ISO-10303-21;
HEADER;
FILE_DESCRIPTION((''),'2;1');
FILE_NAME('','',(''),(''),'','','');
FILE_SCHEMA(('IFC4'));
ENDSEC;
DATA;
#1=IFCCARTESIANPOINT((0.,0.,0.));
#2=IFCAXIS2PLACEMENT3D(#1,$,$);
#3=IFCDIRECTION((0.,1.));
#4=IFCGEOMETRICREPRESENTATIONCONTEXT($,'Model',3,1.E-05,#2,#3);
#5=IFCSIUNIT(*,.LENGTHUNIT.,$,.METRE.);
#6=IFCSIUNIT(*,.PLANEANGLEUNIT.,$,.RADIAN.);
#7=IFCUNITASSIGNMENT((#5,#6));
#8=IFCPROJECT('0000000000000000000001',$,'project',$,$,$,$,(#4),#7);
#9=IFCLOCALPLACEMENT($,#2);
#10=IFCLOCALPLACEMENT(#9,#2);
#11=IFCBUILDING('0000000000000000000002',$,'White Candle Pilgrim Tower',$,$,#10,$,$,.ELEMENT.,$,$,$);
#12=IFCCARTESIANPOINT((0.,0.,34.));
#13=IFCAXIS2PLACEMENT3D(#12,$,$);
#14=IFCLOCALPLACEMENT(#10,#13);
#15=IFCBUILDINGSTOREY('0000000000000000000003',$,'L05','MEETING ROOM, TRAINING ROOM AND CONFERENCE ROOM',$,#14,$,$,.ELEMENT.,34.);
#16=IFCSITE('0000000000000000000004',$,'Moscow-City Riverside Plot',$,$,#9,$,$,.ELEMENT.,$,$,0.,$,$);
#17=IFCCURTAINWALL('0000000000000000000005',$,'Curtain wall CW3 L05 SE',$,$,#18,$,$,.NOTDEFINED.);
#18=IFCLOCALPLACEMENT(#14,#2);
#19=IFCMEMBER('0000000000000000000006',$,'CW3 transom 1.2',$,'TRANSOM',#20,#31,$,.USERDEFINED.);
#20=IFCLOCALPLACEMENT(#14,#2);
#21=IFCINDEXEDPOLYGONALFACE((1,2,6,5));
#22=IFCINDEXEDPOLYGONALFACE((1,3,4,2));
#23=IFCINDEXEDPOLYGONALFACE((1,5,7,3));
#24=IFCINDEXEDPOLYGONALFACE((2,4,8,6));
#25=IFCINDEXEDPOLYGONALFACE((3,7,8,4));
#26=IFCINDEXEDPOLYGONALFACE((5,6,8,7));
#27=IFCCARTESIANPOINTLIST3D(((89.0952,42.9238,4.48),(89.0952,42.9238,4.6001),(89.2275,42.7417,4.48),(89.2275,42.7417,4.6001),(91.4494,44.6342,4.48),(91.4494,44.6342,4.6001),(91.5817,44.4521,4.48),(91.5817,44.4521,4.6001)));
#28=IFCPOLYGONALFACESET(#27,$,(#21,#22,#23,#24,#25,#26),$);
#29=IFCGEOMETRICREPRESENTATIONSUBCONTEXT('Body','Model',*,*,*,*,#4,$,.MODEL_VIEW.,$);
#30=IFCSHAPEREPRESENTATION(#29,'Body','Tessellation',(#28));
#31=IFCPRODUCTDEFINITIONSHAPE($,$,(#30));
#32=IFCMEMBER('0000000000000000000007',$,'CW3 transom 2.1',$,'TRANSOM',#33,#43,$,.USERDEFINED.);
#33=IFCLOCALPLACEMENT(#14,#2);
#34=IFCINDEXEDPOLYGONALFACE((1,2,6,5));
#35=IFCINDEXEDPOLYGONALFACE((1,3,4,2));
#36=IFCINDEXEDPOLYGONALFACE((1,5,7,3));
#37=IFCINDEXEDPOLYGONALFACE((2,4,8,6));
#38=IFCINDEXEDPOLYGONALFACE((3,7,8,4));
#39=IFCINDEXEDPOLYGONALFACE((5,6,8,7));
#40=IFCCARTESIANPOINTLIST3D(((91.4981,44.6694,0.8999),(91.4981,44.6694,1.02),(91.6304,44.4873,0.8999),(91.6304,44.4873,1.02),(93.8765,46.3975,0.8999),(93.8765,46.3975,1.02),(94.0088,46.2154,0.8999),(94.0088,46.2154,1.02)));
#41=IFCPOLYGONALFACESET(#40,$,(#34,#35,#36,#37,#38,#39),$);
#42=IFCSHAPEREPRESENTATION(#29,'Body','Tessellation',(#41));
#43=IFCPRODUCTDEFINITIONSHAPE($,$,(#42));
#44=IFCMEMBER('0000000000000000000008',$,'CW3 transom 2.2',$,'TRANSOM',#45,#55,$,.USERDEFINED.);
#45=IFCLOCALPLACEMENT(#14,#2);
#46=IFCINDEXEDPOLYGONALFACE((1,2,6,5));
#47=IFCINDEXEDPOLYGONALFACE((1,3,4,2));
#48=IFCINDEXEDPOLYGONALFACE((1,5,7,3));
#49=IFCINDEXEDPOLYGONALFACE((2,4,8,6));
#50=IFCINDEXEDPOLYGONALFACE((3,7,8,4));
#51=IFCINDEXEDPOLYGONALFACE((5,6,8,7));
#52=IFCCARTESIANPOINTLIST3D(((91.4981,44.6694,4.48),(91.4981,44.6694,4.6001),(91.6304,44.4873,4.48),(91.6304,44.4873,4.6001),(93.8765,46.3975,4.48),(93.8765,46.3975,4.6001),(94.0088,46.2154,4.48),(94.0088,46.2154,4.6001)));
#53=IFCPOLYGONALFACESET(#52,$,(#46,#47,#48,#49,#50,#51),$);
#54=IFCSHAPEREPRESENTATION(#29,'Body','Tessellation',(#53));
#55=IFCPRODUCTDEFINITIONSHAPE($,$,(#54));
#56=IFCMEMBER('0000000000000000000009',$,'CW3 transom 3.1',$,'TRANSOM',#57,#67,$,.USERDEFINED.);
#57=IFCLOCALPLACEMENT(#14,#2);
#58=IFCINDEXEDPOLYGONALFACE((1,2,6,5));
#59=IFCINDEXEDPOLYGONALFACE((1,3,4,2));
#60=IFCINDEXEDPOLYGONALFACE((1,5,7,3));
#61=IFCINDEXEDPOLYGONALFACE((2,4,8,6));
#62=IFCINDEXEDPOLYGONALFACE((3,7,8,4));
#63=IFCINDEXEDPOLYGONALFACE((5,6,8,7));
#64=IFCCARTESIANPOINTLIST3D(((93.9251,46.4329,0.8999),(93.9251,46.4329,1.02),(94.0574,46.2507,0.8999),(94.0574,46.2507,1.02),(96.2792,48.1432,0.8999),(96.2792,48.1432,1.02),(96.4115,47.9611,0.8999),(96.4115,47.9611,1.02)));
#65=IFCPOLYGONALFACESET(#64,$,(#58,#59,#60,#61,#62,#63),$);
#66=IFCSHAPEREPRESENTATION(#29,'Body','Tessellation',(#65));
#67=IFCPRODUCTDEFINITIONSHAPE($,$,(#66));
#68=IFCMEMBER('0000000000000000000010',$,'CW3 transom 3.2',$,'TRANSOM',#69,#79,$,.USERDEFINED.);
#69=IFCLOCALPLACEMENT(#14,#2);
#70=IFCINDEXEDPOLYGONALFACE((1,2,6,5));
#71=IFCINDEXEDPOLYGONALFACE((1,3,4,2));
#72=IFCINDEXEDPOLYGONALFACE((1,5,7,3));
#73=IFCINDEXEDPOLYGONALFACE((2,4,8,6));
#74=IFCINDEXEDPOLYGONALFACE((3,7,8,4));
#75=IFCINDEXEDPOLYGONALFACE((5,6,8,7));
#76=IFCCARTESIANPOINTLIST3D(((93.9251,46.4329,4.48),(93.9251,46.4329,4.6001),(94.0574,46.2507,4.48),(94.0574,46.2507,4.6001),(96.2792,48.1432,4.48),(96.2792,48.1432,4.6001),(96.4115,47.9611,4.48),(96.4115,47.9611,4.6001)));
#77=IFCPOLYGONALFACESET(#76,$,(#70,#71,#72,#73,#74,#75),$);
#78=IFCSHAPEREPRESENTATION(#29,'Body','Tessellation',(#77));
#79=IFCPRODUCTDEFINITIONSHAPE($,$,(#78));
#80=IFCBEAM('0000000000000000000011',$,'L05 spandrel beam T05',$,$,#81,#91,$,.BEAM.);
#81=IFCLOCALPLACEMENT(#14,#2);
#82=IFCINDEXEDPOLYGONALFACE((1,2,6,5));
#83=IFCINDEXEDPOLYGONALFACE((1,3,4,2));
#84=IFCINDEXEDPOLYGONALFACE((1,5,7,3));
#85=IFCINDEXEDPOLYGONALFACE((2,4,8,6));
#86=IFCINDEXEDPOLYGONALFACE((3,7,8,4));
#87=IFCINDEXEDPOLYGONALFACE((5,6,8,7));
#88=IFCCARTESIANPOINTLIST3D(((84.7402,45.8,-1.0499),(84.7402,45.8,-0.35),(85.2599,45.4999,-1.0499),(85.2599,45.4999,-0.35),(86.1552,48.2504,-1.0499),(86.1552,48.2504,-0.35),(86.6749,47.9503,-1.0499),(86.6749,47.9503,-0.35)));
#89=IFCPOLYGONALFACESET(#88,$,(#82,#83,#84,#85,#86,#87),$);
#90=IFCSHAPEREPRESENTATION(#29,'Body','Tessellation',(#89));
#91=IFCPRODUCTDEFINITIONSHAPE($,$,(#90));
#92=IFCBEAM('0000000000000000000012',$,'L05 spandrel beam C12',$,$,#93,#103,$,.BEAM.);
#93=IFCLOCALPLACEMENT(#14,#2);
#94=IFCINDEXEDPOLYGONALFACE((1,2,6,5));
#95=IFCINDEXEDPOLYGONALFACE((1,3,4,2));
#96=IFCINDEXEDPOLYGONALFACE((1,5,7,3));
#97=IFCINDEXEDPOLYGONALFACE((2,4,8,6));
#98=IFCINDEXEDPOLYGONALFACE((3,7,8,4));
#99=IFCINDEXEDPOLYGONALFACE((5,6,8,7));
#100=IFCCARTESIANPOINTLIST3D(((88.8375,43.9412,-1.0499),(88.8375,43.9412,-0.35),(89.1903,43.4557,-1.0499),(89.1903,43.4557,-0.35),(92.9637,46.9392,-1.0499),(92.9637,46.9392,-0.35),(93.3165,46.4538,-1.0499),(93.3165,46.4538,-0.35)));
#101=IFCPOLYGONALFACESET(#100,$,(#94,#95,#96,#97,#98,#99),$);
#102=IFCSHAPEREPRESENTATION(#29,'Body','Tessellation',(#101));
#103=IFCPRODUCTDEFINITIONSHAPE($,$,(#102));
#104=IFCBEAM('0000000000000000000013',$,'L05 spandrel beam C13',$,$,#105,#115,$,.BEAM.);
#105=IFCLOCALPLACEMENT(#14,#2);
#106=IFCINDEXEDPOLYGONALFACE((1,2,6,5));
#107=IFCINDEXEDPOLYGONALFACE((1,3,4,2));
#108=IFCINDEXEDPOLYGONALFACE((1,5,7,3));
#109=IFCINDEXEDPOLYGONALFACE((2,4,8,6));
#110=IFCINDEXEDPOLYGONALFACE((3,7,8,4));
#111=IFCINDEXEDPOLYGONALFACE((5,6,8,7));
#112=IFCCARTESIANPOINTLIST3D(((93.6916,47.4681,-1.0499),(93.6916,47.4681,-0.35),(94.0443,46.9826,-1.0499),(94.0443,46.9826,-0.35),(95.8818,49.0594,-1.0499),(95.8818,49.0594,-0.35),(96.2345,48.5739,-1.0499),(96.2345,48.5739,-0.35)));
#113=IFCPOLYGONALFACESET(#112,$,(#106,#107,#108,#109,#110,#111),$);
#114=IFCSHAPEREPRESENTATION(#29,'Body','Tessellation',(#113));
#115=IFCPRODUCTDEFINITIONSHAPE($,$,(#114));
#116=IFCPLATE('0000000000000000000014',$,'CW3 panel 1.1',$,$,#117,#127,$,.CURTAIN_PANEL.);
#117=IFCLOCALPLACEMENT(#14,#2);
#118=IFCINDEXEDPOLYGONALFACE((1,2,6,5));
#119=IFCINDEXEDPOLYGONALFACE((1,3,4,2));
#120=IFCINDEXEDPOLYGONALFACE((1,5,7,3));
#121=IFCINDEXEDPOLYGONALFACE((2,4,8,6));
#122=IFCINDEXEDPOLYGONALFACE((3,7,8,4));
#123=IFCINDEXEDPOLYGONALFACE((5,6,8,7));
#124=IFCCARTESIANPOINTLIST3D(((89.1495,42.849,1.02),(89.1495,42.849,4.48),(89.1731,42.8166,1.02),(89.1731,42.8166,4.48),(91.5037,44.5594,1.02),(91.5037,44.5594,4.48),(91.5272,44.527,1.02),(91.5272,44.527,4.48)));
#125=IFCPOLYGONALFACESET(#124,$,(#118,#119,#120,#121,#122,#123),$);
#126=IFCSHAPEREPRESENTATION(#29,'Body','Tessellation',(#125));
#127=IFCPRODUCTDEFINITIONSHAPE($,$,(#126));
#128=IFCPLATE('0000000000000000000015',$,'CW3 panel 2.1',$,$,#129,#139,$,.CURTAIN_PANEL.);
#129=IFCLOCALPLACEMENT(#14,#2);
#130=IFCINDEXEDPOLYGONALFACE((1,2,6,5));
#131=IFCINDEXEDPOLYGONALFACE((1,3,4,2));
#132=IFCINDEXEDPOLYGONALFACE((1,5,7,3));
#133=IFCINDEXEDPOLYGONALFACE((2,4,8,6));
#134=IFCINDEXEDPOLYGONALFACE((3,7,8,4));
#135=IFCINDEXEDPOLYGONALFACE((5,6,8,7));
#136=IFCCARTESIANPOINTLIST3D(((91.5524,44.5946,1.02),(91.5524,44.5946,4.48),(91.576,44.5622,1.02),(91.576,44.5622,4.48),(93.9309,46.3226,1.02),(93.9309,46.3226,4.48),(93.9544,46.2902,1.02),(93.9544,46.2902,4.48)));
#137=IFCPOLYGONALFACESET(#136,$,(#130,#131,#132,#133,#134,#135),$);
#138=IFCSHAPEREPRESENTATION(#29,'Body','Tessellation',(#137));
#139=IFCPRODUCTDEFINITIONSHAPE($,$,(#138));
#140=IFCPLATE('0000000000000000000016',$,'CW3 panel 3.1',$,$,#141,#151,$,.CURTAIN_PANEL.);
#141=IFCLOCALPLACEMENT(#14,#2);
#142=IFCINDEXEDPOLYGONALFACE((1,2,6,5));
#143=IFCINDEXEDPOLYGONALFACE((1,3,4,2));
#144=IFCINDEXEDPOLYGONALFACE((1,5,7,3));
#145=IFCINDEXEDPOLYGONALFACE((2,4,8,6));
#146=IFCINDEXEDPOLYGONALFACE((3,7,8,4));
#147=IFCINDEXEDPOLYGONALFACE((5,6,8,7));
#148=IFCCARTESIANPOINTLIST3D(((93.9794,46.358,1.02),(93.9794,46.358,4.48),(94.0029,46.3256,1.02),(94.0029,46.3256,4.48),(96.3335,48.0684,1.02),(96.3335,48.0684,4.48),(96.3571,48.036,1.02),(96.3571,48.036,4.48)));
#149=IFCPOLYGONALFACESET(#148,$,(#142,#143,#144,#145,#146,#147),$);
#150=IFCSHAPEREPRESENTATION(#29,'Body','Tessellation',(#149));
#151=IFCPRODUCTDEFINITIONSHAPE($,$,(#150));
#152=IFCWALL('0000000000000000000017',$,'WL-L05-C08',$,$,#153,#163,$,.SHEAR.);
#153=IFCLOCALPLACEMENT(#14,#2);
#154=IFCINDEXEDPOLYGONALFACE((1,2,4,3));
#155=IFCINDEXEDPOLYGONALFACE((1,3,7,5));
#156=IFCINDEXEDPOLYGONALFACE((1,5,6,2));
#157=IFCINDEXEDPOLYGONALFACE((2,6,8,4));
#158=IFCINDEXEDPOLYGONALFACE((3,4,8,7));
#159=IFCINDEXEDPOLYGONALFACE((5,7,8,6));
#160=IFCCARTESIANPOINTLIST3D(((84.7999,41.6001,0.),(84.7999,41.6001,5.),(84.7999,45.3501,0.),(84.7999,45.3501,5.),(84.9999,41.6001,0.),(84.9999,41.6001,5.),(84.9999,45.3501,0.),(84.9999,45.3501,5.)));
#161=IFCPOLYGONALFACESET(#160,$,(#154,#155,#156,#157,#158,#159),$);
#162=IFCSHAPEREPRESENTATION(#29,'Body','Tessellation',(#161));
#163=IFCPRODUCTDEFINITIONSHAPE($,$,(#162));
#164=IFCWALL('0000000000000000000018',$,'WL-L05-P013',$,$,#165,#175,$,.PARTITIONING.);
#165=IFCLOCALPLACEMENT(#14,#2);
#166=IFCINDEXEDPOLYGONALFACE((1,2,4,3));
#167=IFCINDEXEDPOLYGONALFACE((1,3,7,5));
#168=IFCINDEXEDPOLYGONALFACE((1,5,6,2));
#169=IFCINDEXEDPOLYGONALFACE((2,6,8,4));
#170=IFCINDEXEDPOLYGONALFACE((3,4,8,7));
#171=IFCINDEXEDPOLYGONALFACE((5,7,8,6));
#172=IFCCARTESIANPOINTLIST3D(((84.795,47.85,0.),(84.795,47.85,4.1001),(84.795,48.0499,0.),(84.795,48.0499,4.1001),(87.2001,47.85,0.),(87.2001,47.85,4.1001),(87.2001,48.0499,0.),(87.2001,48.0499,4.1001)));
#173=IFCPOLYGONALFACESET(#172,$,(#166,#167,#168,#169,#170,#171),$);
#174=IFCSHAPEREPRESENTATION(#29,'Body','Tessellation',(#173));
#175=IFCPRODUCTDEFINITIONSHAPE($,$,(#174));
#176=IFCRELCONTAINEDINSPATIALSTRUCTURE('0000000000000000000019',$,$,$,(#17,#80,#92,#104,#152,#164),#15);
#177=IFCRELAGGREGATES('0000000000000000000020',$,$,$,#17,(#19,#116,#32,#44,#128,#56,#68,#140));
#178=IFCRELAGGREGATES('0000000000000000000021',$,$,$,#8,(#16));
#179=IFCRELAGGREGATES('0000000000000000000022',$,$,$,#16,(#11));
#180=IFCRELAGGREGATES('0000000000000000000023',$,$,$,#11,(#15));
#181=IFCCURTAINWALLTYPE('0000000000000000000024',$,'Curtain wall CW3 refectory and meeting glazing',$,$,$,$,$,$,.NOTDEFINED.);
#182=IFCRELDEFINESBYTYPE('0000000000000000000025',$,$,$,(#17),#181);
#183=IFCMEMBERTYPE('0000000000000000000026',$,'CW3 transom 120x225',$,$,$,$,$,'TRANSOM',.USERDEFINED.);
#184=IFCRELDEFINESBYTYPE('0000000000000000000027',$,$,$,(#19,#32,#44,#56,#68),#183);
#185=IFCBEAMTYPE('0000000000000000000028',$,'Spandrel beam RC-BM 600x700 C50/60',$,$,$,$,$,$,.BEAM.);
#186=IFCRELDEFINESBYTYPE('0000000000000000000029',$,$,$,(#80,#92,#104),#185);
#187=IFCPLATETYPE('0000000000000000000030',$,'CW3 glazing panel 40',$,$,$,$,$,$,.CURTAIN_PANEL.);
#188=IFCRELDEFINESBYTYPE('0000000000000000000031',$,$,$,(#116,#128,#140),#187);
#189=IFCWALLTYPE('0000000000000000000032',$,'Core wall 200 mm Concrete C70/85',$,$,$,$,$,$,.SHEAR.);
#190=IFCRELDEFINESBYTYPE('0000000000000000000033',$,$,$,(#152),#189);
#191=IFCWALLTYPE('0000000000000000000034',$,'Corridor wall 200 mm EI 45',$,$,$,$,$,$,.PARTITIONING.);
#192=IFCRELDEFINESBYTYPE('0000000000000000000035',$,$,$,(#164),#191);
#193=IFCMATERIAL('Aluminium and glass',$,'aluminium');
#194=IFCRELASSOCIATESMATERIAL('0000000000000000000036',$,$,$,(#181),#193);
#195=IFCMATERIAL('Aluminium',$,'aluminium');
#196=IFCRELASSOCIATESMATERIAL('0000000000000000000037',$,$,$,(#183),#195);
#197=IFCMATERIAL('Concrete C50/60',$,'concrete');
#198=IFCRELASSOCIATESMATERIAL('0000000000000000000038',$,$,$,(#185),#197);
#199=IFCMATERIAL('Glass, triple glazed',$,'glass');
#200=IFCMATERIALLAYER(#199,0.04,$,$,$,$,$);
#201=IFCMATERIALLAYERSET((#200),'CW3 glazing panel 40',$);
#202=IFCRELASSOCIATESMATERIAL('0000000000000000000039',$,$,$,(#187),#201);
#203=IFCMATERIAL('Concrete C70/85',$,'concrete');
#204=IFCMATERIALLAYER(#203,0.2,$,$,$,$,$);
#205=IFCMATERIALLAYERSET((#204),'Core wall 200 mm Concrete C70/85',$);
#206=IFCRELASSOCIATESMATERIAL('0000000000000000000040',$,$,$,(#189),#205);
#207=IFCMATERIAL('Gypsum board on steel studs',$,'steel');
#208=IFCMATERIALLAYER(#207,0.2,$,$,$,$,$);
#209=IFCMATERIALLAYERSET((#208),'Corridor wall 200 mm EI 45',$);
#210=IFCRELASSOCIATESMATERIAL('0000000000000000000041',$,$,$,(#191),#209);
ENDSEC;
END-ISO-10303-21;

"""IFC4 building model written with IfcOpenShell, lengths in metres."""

from ifc_helpers import new_model, si_unit, direction, frame, frame_2d, origin, origin_2d, place, context, subcontext, project, spatial, rectangle, extrude, material, layer, layer_set, material_profile, profile_set, type_object, element, aggregate, save


model = new_model("IFC4")

# Units and contexts
model_context = context("Model", 3, precision=1e-05, world=origin(), true_north=direction((0.0, 1.0)))
body_context = subcontext(model_context, "Body", "Model", "MODEL_VIEW")
ifc_project = project(units=[si_unit("LENGTHUNIT", "METRE"), si_unit("PLANEANGLEUNIT", "RADIAN")], contexts=[model_context])

# Site, building, storey
site_placement = place(None, origin())
site = spatial("IfcSite", under=ifc_project, at=site_placement, Name="Moscow-City Riverside Plot", CompositionType="ELEMENT", RefElevation=0.0)
building_placement = place(site_placement, origin())
building = spatial("IfcBuilding", under=site, at=building_placement, Name="White Candle Pilgrim Tower", CompositionType="ELEMENT")
storey_placement = place(building_placement, frame((0.0, 0.0, 34.0)))
storey = spatial("IfcBuildingStorey", under=building, at=storey_placement, Name="L05", Description="MEETING ROOM, TRAINING ROOM AND CONFERENCE ROOM", CompositionType="ELEMENT", Elevation=34.0)

# Curtain wall, members
ifc_material_1 = material(Name="Aluminium and glass", Category="aluminium")
curtain_wall_type = type_object("IfcCurtainWallType", Name="Curtain wall CW3 refectory and meeting glazing", PredefinedType="NOTDEFINED", material=ifc_material_1)
curtain_wall_placement = place(storey_placement, origin())
curtain_wall = element("IfcCurtainWall", 1, at=curtain_wall_placement, inside=storey, type_object=curtain_wall_type, Name="Curtain wall CW3 L05 SE", PredefinedType="NOTDEFINED")
ifc_material_2 = material(Name="Aluminium", Category="aluminium")
ifc_material_profile_1 = material_profile(ifc_material_2, rectangle(XDim=0.2251, YDim=0.1201, at=origin_2d()), Name="CW3 transom 120x225")
ifc_profile_set_1 = profile_set([ifc_material_profile_1], Name="Aluminium")
member_type_1 = type_object("IfcMemberType", Name="CW3 transom 120x225", ElementType="TRANSOM", PredefinedType="USERDEFINED", material=ifc_profile_set_1)
member_1_placement = place(storey_placement, frame((89.1614, 42.8328, 4.54), z_axis=(0.809019, 0.587783, 0.0), x_axis=(-0.587783, 0.809019, 0.0)))
member_1 = element("IfcMember", 2, at=member_1_placement, type_object=member_type_1, Name="CW3 transom 1.2", ObjectType="TRANSOM", PredefinedType="USERDEFINED", context=body_context, shape_type="SweptSolid", body=[
    extrude(rectangle(XDim=0.2251, YDim=0.1201, at=origin_2d()), origin(), (0.0, 0.0, 1.0), 2.9099),
])
member_2_placement = place(storey_placement, frame((91.5642, 44.5784, 0.96), z_axis=(0.809016, 0.587786, 0.0), x_axis=(-0.587786, 0.809016, 0.0)))
member_2 = element("IfcMember", 3, at=member_2_placement, type_object=member_type_1, Name="CW3 transom 2.1", ObjectType="TRANSOM", PredefinedType="USERDEFINED", context=body_context, shape_type="SweptSolid", body=[
    extrude(rectangle(XDim=0.2251, YDim=0.1201, at=origin_2d()), origin(), (0.0, 0.0, 1.0), 2.9399),
])
member_3_placement = place(storey_placement, frame((91.5642, 44.5784, 4.54), z_axis=(0.809016, 0.587786, 0.0), x_axis=(-0.587786, 0.809016, 0.0)))
member_3 = element("IfcMember", 4, at=member_3_placement, type_object=member_type_1, Name="CW3 transom 2.2", ObjectType="TRANSOM", PredefinedType="USERDEFINED", context=body_context, shape_type="SweptSolid", body=[
    extrude(rectangle(XDim=0.2251, YDim=0.1201, at=origin_2d()), origin(), (0.0, 0.0, 1.0), 2.9399),
])
member_4_placement = place(storey_placement, frame((93.9912, 46.3418, 0.96), z_axis=(0.809019, 0.587783, 0.0), x_axis=(-0.587783, 0.809019, 0.0)))
member_4 = element("IfcMember", 5, at=member_4_placement, type_object=member_type_1, Name="CW3 transom 3.1", ObjectType="TRANSOM", PredefinedType="USERDEFINED", context=body_context, shape_type="SweptSolid", body=[
    extrude(rectangle(XDim=0.2251, YDim=0.1201, at=origin_2d()), origin(), (0.0, 0.0, 1.0), 2.9099),
])
member_5_placement = place(storey_placement, frame((93.9912, 46.3418, 4.54), z_axis=(0.809019, 0.587783, 0.0), x_axis=(-0.587783, 0.809019, 0.0)))
member_5 = element("IfcMember", 6, at=member_5_placement, type_object=member_type_1, Name="CW3 transom 3.2", ObjectType="TRANSOM", PredefinedType="USERDEFINED", context=body_context, shape_type="SweptSolid", body=[
    extrude(rectangle(XDim=0.2251, YDim=0.1201, at=origin_2d()), origin(), (0.0, 0.0, 1.0), 2.9099),
])

# Beams
ifc_material_3 = material(Name="Concrete C50/60", Category="concrete")
ifc_material_profile_2 = material_profile(ifc_material_3, rectangle(XDim=0.6001, YDim=0.7, at=origin_2d()), Name="RC-BM 600x700")
ifc_profile_set_2 = profile_set([ifc_material_profile_2], Name="Concrete C50/60")
beam_type = type_object("IfcBeamType", Name="Spandrel beam RC-BM 600x700 C50/60", PredefinedType="BEAM", material=ifc_profile_set_2)
beam_1_placement = place(storey_placement, frame((86.415, 48.1003, -0.7), z_axis=(-0.500073, -0.865983, 0.0), x_axis=(0.865983, -0.500073, 0.0)))
element("IfcBeam", 7, at=beam_1_placement, inside=storey, type_object=beam_type, Name="L05 spandrel beam T05", PredefinedType="BEAM", context=body_context, shape_type="SweptSolid", body=[
    extrude(rectangle(XDim=0.6001, YDim=0.7, at=origin_2d()), origin(), (0.0, 0.0, 1.0), 2.8296),
])
beam_2_placement = place(storey_placement, frame((89.0139, 43.6985, -0.7), z_axis=(0.809001, 0.587807, 0.0), x_axis=(-0.587807, 0.809001, 0.0)))
element("IfcBeam", 8, at=beam_2_placement, inside=storey, type_object=beam_type, Name="L05 spandrel beam C12", PredefinedType="BEAM", context=body_context, shape_type="SweptSolid", body=[
    extrude(rectangle(XDim=0.6001, YDim=0.7, at=origin_2d()), origin(), (0.0, 0.0, 1.0), 5.1003),
])
beam_3_placement = place(storey_placement, frame((93.8679, 47.2253, -0.7), z_axis=(0.809009, 0.587796, 0.0), x_axis=(-0.587796, 0.809009, 0.0)))
element("IfcBeam", 9, at=beam_3_placement, inside=storey, type_object=beam_type, Name="L05 spandrel beam C13", PredefinedType="BEAM", context=body_context, shape_type="SweptSolid", body=[
    extrude(rectangle(XDim=0.6001, YDim=0.7, at=origin_2d()), origin(), (0.0, 0.0, 1.0), 2.7073),
])

# Plates
ifc_material_4 = material(Name="Glass, triple glazed", Category="glass")
ifc_layer_1 = layer(ifc_material_4, 0.04)
ifc_layer_set_1 = layer_set([ifc_layer_1], Name="CW3 glazing panel 40")
plate_type = type_object("IfcPlateType", Name="CW3 glazing panel 40", PredefinedType="CURTAIN_PANEL", material=ifc_layer_set_1)
plate_1_placement = place(storey_placement, frame((90.3384, 43.688, 1.02), z_axis=(0.0, 0.0, 1.0), x_axis=(0.809017, 0.587785, 0.0)))
plate_1 = element("IfcPlate", 10, at=plate_1_placement, type_object=plate_type, Name="CW3 panel 1.1", PredefinedType="CURTAIN_PANEL", context=body_context, shape_type="SweptSolid", body=[
    extrude(rectangle(XDim=2.9099, YDim=0.04, at=origin_2d()), origin(), (0.0, 0.0, 1.0), 3.46),
])
plate_2_placement = place(storey_placement, frame((92.7534, 45.4424, 1.02), z_axis=(0.0, 0.0, 1.0), x_axis=(0.809017, 0.587785, 0.0)))
plate_2 = element("IfcPlate", 11, at=plate_2_placement, type_object=plate_type, Name="CW3 panel 2.1", PredefinedType="CURTAIN_PANEL", context=body_context, shape_type="SweptSolid", body=[
    extrude(rectangle(XDim=2.9399, YDim=0.04, at=origin_2d()), origin(), (0.0, 0.0, 1.0), 3.46),
])
plate_3_placement = place(storey_placement, frame((95.1682, 47.197, 1.02), z_axis=(0.0, 0.0, 1.0), x_axis=(0.809017, 0.587785, 0.0)))
plate_3 = element("IfcPlate", 12, at=plate_3_placement, type_object=plate_type, Name="CW3 panel 3.1", PredefinedType="CURTAIN_PANEL", context=body_context, shape_type="SweptSolid", body=[
    extrude(rectangle(XDim=2.9099, YDim=0.04, at=origin_2d()), origin(), (0.0, 0.0, 1.0), 3.46),
])
aggregate(curtain_wall, [member_1, plate_1, member_2, member_3, plate_2, member_4, member_5, plate_3])

# Walls
ifc_material_5 = material(Name="Concrete C70/85", Category="concrete")
ifc_layer_2 = layer(ifc_material_5, 0.2)
ifc_layer_set_2 = layer_set([ifc_layer_2], Name="Core wall 200 mm Concrete C70/85")
wall_type_1 = type_object("IfcWallType", Name="Core wall 200 mm Concrete C70/85", PredefinedType="SHEAR", material=ifc_layer_set_2)
wall_1_placement = place(storey_placement, frame((84.8999, 41.6001, 0.0), z_axis=(0.0, 0.0, 1.0), x_axis=(0.0, 1.0, 0.0)))
element("IfcWall", 13, at=wall_1_placement, inside=storey, type_object=wall_type_1, Name="WL-L05-C08", PredefinedType="SHEAR", context=body_context, shape_type="SweptSolid", body=[
    extrude(rectangle(XDim=3.75, YDim=0.2, at=frame_2d((1.875, 0.0))), origin(), (0.0, 0.0, 1.0), 5.0),
])
ifc_material_6 = material(Name="Gypsum board on steel studs", Category="steel")
ifc_layer_3 = layer(ifc_material_6, 0.2)
ifc_layer_set_3 = layer_set([ifc_layer_3], Name="Corridor wall 200 mm EI 45")
wall_type_2 = type_object("IfcWallType", Name="Corridor wall 200 mm EI 45", PredefinedType="PARTITIONING", material=ifc_layer_set_3)
wall_2_placement = place(storey_placement, frame((84.7949, 47.95, 0.0), z_axis=(0.0, 0.0, 1.0), x_axis=(1.0, 0.0, 0.0)))
element("IfcWall", 14, at=wall_2_placement, inside=storey, type_object=wall_type_2, Name="WL-L05-P013", PredefinedType="PARTITIONING", context=body_context, shape_type="SweptSolid", body=[
    extrude(rectangle(XDim=2.405, YDim=0.2, at=frame_2d((1.2026, 0.0))), origin(), (0.0, 0.0, 1.0), 4.1001),
])

save(model, "model.ifc")
